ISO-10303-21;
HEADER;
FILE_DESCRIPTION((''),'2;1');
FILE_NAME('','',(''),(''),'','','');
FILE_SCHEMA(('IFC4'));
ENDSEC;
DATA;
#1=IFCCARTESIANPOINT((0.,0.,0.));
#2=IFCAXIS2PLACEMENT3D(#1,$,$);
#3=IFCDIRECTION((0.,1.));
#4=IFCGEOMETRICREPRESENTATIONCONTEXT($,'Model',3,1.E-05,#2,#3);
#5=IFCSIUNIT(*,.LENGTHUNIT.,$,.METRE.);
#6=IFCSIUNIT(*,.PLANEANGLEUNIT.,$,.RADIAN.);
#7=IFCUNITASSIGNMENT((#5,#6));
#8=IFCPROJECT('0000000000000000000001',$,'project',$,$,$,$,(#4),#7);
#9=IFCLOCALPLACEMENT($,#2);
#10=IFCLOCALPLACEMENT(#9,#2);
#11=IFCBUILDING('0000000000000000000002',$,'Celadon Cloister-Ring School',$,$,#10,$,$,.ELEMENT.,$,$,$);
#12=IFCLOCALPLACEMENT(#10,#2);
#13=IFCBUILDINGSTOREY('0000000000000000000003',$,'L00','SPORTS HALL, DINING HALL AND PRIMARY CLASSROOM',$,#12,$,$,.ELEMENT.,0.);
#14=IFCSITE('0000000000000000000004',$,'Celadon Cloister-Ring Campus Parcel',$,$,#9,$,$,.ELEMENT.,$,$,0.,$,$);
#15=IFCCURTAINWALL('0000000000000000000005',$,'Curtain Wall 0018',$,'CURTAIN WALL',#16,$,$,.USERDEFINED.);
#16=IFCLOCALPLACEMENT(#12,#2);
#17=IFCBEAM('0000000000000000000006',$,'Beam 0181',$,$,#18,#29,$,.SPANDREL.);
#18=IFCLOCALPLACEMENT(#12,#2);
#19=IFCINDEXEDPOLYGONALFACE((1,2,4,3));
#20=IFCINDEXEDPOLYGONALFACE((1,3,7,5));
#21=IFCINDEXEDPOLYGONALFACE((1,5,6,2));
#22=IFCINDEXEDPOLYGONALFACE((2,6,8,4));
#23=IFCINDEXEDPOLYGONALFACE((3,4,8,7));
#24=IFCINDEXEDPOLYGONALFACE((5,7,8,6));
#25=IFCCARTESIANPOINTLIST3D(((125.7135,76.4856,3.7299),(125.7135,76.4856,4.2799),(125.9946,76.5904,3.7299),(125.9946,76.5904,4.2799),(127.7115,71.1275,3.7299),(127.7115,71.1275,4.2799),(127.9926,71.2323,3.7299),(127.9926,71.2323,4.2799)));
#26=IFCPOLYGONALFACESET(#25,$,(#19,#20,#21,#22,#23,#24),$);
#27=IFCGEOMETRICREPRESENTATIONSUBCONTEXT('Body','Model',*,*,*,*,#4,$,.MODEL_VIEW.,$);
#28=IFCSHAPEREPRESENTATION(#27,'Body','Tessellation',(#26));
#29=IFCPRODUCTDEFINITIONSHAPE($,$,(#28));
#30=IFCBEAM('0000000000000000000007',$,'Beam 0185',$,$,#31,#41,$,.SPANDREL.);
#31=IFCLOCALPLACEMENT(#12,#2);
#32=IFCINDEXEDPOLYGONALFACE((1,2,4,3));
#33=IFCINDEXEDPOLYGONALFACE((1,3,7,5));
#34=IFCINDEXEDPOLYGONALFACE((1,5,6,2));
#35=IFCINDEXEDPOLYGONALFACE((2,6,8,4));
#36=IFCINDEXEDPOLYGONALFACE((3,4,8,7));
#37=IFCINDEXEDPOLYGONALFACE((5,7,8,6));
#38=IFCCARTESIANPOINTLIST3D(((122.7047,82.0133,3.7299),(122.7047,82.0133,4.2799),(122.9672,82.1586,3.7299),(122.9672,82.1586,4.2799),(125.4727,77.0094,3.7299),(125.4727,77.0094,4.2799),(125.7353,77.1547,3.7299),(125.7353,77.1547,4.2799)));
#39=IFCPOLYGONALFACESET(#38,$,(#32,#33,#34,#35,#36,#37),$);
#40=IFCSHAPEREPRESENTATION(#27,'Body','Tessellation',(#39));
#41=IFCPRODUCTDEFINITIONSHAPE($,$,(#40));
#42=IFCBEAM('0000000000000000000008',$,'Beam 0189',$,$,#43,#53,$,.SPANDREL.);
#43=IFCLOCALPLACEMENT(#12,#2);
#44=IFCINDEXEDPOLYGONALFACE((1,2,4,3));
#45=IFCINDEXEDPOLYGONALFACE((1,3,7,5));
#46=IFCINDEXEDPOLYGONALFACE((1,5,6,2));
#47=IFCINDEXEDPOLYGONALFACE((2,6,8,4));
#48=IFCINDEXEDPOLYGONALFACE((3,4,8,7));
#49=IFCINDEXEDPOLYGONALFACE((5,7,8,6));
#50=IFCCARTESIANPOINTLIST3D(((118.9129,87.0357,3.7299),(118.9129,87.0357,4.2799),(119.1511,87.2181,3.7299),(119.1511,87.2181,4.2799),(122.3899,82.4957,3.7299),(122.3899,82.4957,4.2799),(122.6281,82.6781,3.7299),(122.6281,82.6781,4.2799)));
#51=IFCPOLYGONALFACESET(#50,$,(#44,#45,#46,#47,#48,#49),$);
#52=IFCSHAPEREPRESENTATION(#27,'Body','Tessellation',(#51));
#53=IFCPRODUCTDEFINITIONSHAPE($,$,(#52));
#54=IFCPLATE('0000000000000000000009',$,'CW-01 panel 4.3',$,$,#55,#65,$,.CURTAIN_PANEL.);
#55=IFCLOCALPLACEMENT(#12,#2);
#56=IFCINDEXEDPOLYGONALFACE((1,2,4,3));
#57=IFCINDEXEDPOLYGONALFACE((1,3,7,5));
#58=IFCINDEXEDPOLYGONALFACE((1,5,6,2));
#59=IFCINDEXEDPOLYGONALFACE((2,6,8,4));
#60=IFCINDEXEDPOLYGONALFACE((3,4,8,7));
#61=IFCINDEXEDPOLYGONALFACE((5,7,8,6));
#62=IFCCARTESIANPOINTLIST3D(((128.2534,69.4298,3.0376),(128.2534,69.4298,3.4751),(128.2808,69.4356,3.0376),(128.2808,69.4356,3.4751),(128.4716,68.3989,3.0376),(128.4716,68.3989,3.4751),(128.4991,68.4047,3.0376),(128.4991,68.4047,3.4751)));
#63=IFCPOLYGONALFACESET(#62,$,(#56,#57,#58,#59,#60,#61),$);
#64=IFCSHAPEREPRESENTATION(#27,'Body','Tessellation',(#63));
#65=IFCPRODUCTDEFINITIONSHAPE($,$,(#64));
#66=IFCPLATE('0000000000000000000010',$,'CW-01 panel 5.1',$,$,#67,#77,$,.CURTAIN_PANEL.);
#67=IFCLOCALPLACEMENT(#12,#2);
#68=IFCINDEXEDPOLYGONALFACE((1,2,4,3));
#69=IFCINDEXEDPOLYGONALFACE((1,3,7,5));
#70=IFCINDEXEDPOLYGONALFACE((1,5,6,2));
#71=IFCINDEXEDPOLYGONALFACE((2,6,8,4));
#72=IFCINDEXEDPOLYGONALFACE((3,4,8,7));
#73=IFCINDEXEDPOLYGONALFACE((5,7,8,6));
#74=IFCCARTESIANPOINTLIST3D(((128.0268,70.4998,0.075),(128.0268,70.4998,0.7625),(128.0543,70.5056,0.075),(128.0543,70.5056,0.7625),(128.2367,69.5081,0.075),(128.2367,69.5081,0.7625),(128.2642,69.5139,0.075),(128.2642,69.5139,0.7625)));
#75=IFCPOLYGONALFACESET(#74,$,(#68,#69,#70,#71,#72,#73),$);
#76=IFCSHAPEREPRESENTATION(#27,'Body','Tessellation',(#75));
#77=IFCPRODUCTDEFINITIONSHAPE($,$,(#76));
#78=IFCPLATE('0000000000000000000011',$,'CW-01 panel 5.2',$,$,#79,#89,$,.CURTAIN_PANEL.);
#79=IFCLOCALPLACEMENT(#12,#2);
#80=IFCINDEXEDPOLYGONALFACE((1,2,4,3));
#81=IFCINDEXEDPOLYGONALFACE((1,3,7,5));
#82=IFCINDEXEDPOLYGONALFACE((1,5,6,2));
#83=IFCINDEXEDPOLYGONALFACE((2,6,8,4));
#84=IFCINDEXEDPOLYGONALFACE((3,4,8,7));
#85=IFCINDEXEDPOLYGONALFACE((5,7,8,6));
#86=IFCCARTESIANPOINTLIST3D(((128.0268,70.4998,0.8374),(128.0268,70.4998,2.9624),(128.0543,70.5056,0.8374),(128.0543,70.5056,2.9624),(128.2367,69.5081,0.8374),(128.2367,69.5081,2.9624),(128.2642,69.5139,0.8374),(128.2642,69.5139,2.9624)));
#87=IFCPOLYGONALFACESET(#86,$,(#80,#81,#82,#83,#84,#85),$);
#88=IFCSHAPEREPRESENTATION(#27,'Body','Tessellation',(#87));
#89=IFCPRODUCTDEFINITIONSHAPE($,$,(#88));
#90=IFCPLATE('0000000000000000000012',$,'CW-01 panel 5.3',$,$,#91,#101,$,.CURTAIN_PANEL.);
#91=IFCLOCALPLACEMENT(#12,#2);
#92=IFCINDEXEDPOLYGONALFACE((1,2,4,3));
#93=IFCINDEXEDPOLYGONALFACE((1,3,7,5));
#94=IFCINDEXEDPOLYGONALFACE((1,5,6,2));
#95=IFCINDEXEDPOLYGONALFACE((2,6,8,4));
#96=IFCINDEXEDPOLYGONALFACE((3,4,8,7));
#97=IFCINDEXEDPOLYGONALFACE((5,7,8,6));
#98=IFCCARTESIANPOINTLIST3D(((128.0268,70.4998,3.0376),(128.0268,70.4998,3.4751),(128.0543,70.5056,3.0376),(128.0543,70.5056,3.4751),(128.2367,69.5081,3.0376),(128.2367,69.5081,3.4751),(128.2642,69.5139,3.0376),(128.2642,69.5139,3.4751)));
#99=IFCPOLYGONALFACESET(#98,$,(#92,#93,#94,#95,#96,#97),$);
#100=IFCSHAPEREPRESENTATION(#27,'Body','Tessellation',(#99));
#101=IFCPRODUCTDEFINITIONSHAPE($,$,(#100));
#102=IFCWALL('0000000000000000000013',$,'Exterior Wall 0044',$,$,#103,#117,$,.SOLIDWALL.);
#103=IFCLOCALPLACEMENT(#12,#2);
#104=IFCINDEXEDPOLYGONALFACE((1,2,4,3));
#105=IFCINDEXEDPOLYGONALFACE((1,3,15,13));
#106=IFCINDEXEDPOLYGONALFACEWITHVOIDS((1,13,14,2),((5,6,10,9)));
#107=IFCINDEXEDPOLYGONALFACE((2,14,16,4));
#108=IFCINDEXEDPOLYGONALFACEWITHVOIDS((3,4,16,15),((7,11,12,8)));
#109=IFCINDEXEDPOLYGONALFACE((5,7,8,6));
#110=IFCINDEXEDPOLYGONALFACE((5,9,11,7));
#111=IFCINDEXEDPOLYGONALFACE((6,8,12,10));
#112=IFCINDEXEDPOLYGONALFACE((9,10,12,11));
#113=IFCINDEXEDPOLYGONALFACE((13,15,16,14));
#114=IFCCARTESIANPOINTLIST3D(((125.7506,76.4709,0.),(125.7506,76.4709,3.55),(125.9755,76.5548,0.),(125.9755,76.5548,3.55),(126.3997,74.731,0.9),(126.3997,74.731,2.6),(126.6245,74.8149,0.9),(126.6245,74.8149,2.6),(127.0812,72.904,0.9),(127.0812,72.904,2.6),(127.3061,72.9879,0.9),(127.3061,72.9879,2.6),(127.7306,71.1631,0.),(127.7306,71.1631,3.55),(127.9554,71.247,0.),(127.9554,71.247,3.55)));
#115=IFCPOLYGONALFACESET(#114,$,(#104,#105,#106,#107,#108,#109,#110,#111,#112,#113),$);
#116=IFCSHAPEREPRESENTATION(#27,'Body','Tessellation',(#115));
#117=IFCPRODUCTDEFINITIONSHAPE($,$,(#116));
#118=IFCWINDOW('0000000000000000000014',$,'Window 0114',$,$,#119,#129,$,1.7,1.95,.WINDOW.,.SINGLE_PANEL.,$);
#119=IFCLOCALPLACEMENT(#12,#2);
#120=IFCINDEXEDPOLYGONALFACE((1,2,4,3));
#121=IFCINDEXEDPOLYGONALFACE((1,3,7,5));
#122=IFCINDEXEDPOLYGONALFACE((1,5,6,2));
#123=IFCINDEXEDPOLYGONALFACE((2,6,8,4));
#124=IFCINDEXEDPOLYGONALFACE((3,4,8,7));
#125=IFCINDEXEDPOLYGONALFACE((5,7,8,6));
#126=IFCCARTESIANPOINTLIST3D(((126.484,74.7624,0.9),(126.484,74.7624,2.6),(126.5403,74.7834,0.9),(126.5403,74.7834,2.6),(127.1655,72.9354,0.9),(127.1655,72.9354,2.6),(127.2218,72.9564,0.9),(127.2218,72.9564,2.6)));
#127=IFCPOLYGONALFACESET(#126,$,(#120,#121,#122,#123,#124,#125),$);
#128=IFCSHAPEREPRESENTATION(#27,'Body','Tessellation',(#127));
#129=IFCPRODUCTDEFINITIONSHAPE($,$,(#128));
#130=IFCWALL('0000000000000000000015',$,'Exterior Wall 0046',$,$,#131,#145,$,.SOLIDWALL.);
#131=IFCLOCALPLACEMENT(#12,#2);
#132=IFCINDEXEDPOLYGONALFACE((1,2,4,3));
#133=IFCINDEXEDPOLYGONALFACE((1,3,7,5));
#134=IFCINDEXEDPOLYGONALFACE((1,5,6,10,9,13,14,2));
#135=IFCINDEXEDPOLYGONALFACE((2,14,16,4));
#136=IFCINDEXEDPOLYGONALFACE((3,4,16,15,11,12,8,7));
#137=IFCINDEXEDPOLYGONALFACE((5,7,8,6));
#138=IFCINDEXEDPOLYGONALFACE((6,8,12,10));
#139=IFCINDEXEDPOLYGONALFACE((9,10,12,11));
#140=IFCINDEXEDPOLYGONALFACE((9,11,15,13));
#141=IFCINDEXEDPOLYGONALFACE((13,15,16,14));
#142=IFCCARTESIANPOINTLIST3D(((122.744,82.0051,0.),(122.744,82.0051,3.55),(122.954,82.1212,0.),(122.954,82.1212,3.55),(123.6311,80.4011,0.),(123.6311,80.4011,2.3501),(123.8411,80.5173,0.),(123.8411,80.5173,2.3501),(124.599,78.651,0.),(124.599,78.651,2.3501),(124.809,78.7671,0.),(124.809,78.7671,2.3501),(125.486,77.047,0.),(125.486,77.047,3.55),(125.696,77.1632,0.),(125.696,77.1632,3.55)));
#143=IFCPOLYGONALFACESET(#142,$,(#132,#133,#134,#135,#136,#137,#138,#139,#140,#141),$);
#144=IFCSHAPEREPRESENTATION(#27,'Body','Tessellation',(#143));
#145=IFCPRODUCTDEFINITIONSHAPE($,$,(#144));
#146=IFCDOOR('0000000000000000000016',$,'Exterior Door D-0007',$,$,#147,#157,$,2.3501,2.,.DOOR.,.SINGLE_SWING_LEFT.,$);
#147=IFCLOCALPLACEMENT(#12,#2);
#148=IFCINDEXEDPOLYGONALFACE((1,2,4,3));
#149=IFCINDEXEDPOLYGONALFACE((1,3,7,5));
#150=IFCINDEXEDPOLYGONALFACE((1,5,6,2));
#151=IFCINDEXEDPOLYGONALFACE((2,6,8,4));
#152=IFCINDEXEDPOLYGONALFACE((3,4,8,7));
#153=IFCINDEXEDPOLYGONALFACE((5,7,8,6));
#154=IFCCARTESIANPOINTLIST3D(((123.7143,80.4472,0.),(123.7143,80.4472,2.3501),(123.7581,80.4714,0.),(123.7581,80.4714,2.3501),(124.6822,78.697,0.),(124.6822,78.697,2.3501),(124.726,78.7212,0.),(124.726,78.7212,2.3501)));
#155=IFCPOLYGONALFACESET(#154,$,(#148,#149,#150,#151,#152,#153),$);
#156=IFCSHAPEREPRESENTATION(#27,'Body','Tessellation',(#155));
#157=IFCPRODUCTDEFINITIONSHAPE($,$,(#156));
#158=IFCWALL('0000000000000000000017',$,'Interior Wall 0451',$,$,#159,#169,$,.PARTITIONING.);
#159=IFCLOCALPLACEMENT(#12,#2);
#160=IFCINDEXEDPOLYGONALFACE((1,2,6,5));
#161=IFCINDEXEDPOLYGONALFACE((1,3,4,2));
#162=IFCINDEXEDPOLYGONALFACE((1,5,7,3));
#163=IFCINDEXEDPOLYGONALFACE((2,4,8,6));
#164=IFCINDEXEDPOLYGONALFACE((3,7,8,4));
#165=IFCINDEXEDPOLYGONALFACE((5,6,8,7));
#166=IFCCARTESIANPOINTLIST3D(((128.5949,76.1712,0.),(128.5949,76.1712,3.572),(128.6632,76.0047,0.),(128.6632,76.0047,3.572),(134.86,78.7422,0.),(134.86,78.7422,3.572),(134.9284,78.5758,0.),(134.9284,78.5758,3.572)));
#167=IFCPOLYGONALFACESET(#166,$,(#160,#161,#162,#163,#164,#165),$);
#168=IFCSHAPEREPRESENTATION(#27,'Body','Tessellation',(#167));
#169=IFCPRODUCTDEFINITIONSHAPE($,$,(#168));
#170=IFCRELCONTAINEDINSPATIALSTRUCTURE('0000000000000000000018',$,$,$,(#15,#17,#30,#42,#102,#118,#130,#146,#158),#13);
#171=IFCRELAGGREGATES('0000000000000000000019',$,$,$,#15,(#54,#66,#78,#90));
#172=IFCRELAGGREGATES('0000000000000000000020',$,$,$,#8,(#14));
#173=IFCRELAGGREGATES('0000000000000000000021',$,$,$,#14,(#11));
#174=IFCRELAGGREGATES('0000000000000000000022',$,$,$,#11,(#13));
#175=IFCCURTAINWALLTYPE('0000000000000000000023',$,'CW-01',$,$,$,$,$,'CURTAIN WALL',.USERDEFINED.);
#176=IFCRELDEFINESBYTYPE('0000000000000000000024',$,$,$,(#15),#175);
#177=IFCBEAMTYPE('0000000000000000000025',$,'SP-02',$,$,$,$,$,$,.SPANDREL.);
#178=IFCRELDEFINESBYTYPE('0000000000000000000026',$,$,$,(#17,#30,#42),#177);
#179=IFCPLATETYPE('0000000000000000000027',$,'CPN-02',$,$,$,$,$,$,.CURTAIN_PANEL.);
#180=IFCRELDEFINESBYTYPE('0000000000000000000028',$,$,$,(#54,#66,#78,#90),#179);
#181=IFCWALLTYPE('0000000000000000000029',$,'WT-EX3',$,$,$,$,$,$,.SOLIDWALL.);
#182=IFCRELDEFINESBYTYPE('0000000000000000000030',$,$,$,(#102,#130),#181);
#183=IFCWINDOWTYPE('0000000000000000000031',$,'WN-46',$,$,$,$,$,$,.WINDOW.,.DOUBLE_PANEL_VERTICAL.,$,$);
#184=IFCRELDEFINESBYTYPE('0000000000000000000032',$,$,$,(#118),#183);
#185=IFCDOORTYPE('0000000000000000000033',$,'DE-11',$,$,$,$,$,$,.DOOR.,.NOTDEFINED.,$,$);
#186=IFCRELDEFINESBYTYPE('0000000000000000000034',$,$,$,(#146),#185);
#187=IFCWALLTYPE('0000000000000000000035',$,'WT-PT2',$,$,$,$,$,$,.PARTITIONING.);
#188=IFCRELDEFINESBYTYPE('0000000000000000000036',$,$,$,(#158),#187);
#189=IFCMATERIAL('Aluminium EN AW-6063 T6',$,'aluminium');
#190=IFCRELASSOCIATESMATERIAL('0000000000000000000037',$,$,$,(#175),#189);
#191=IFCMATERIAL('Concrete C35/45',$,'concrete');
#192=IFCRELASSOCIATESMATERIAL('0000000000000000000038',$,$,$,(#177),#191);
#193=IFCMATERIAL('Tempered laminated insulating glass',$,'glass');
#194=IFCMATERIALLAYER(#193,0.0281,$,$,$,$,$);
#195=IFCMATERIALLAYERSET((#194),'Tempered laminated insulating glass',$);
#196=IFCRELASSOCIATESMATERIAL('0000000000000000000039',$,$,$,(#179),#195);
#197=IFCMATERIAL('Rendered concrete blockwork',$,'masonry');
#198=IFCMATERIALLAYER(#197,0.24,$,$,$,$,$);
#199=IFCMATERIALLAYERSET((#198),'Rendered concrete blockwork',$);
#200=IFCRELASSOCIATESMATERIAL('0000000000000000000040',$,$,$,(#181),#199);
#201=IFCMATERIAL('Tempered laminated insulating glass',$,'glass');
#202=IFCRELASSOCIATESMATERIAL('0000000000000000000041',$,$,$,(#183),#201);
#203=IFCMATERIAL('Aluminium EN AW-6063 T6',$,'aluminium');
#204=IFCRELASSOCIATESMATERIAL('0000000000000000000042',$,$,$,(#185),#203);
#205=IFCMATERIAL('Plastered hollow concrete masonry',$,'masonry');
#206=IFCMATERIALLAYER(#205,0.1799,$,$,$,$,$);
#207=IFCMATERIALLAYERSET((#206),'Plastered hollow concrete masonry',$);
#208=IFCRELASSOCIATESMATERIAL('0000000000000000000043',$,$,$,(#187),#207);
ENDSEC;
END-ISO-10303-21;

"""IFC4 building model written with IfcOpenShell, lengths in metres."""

from ifc_helpers import new_model, si_unit, direction, frame, frame_2d, origin, origin_2d, place, context, subcontext, project, spatial, rectangle, extrude, material, layer, layer_set, material_profile, profile_set, type_object, element, fill, aggregate, save


model = new_model("IFC4")

# Units and contexts
model_context = context("Model", 3, precision=1e-05, world=origin(), true_north=direction((0.0, 1.0)))
body_context = subcontext(model_context, "Body", "Model", "MODEL_VIEW")
ifc_project = project(units=[si_unit("LENGTHUNIT", "METRE"), si_unit("PLANEANGLEUNIT", "RADIAN")], contexts=[model_context])

# Site, building, storey
site_placement = place(None, origin())
site = spatial("IfcSite", under=ifc_project, at=site_placement, Name="Celadon Cloister-Ring Campus Parcel", CompositionType="ELEMENT", RefElevation=0.0)
building_placement = place(site_placement, origin())
building = spatial("IfcBuilding", under=site, at=building_placement, Name="Celadon Cloister-Ring School", CompositionType="ELEMENT")
storey_placement = place(building_placement, origin())
storey = spatial("IfcBuildingStorey", under=building, at=storey_placement, Name="L00", Description="SPORTS HALL, DINING HALL AND PRIMARY CLASSROOM", CompositionType="ELEMENT", Elevation=0.0)

# Curtain wall
ifc_material_1 = material(Name="Aluminium EN AW-6063 T6", Category="aluminium")
curtain_wall_type = type_object("IfcCurtainWallType", Name="CW-01", ElementType="CURTAIN WALL", PredefinedType="USERDEFINED", material=ifc_material_1)
curtain_wall_placement = place(storey_placement, origin())
curtain_wall = element("IfcCurtainWall", 1, at=curtain_wall_placement, inside=storey, type_object=curtain_wall_type, Name="Curtain Wall 0018", ObjectType="CURTAIN WALL", PredefinedType="USERDEFINED")

# Beams
ifc_material_2 = material(Name="Concrete C35/45", Category="concrete")
ifc_material_profile_1 = material_profile(ifc_material_2, rectangle(XDim=0.3, YDim=0.55, at=origin_2d()), Name="RC300X550")
ifc_profile_set_1 = profile_set([ifc_material_profile_1], Name="Concrete C35/45")
beam_type_1 = type_object("IfcBeamType", Name="SP-02", PredefinedType="SPANDREL", material=ifc_profile_set_1)
for number, where, z_axis, x_axis, name in (
    (2, (127.8521, 71.1799, 4.0049), (-0.349396, 0.936975, 0.0), (-0.936975, -0.349396, 0.0), "Beam 0181"),
    (3, (125.604, 77.082, 4.0049), (-0.484054, 0.875038, 0.0), (-0.875038, -0.484054, 0.0), "Beam 0185"),
    (4, (122.509, 82.5869, 4.0049), (-0.60803, 0.793914, 0.0), (-0.793914, -0.60803, 0.0), "Beam 0189"),
):
    element("IfcBeam", number, at=place(storey_placement, frame(where, z_axis=z_axis, x_axis=x_axis)), inside=storey, type_object=beam_type_1, Name=name, PredefinedType="SPANDREL", context=body_context, shape_type="SweptSolid", body=[
        extrude(rectangle(XDim=0.3, YDim=0.55, at=origin_2d()), origin(), (0.0, 0.0, 1.0), 5.7185),
    ])

# Plates
ifc_material_3 = material(Name="Tempered laminated insulating glass", Category="glass")
ifc_layer_1 = layer(ifc_material_3, 0.0281)
ifc_layer_set_1 = layer_set([ifc_layer_1], Name="Tempered laminated insulating glass")
plate_type = type_object("IfcPlateType", Name="CPN-02", PredefinedType="CURTAIN_PANEL", material=ifc_layer_set_1)
plate_1_placement = place(storey_placement, frame((128.3762, 68.9172, 3.0376), z_axis=(0.0, 0.0, 1.0), x_axis=(-0.207095, 0.978321, 0.0)))
plate_1 = element("IfcPlate", 5, at=plate_1_placement, type_object=plate_type, Name="CW-01 panel 4.3", PredefinedType="CURTAIN_PANEL", context=body_context, shape_type="SweptSolid", body=[
    extrude(rectangle(XDim=1.0537, YDim=0.0281, at=origin_2d()), origin(), (0.0, 0.0, 1.0), 0.4375),
])
plate_2_placement = place(storey_placement, frame((128.1455, 70.0068, 0.075), z_axis=(0.0, 0.0, 1.0), x_axis=(-0.207095, 0.978321, 0.0)))
plate_2 = element("IfcPlate", 6, at=plate_2_placement, type_object=plate_type, Name="CW-01 panel 5.1", PredefinedType="CURTAIN_PANEL", context=body_context, shape_type="SweptSolid", body=[
    extrude(rectangle(XDim=1.0137, YDim=0.0281, at=origin_2d()), origin(), (0.0, 0.0, 1.0), 0.6875),
])
plate_3_placement = place(storey_placement, frame((128.1455, 70.0068, 0.8374), z_axis=(0.0, 0.0, 1.0), x_axis=(-0.207095, 0.978321, 0.0)))
plate_3 = element("IfcPlate", 7, at=plate_3_placement, type_object=plate_type, Name="CW-01 panel 5.2", PredefinedType="CURTAIN_PANEL", context=body_context, shape_type="SweptSolid", body=[
    extrude(rectangle(XDim=1.0137, YDim=0.0281, at=origin_2d()), origin(), (0.0, 0.0, 1.0), 2.125),
])
plate_4_placement = place(storey_placement, frame((128.1455, 70.0068, 3.0376), z_axis=(0.0, 0.0, 1.0), x_axis=(-0.207095, 0.978321, 0.0)))
plate_4 = element("IfcPlate", 8, at=plate_4_placement, type_object=plate_type, Name="CW-01 panel 5.3", PredefinedType="CURTAIN_PANEL", context=body_context, shape_type="SweptSolid", body=[
    extrude(rectangle(XDim=1.0137, YDim=0.0281, at=origin_2d()), origin(), (0.0, 0.0, 1.0), 0.4375),
])
aggregate(curtain_wall, [plate_1, plate_2, plate_3, plate_4])

# Wall, opening, window
ifc_material_4 = material(Name="Rendered concrete blockwork", Category="masonry")
ifc_layer_2 = layer(ifc_material_4, 0.24)
ifc_layer_set_2 = layer_set([ifc_layer_2], Name="Rendered concrete blockwork")
wall_type_1 = type_object("IfcWallType", Name="WT-EX3", PredefinedType="SOLIDWALL", material=ifc_layer_set_2)
wall_1_placement = place(storey_placement, frame((127.843, 71.2051, 0.0), z_axis=(0.0, 0.0, 1.0), x_axis=(-0.349503, 0.936935, 0.0)))
wall_1 = element("IfcWall", 9, at=wall_1_placement, inside=storey, type_object=wall_type_1, Name="Exterior Wall 0044", PredefinedType="SOLIDWALL", context=body_context, shape_type="SweptSolid", body=[
    extrude(rectangle(XDim=5.665, YDim=0.24, at=frame_2d((2.8325, 0.0))), origin(), (0.0, 0.0, 1.0), 3.55),
])
opening_1_placement = place(wall_1_placement, frame((1.8579, 0.0, 0.8999)))
opening_1 = element("IfcOpeningElement", 10, at=opening_1_placement, cuts=wall_1, PredefinedType="OPENING", context=body_context, shape_type="SweptSolid", body=[
    extrude(rectangle(XDim=1.95, YDim=1.7, at=frame_2d((0.9751, 0.8501))), frame((0.0, 0.1299, 0.0), z_axis=(0.0, -1.0, 0.0), x_axis=(1.0, 0.0, 0.0)), (0.0, 0.0, 1.0), 0.26),
])
ifc_material_5 = material(Name="Tempered laminated insulating glass", Category="glass")
window_type = type_object("IfcWindowType", Name="WN-46", PartitioningType="DOUBLE_PANEL_VERTICAL", PredefinedType="WINDOW", material=ifc_material_5)
window_placement = place(opening_1_placement, origin())
window = element("IfcWindow", 11, at=window_placement, inside=storey, type_object=window_type, Name="Window 0114", OverallHeight=1.7, OverallWidth=1.95, PartitioningType="SINGLE_PANEL", PredefinedType="WINDOW", context=body_context, shape_type="SweptSolid", body=[
    extrude(rectangle(XDim=1.95, YDim=1.7, at=frame_2d((0.9751, 0.8501))), frame((0.0, 0.03, 0.0), z_axis=(0.0, -1.0, 0.0), x_axis=(1.0, 0.0, 0.0)), (0.0, 0.0, 1.0), 0.0601),
])
fill(opening_1, window)

# Wall, opening, door
wall_2_placement = place(storey_placement, frame((125.5911, 77.105, 0.0), z_axis=(0.0, 0.0, 1.0), x_axis=(-0.483955, 0.875093, 0.0)))
wall_2 = element("IfcWall", 12, at=wall_2_placement, inside=storey, type_object=wall_type_1, Name="Exterior Wall 0046", PredefinedType="SOLIDWALL", context=body_context, shape_type="SweptSolid", body=[
    extrude(rectangle(XDim=5.6658, YDim=0.24, at=frame_2d((2.833, 0.0))), origin(), (0.0, 0.0, 1.0), 3.55),
])
opening_2_placement = place(wall_2_placement, frame((1.833, 0.0, 0.0)))
opening_2 = element("IfcOpeningElement", 13, at=opening_2_placement, cuts=wall_2, PredefinedType="OPENING", context=body_context, shape_type="SweptSolid", body=[
    extrude(rectangle(XDim=2.0, YDim=2.3501, at=frame_2d((1.0, 1.175))), frame((0.0, 0.1299, 0.0), z_axis=(0.0, -1.0, 0.0), x_axis=(1.0, 0.0, 0.0)), (0.0, 0.0, 1.0), 0.26),
])
ifc_material_6 = material(Name="Aluminium EN AW-6063 T6", Category="aluminium")
door_type_1 = type_object("IfcDoorType", Name="DE-11", OperationType="NOTDEFINED", PredefinedType="DOOR", material=ifc_material_6)
door_1_placement = place(opening_2_placement, origin())
door_1 = element("IfcDoor", 14, at=door_1_placement, inside=storey, type_object=door_type_1, Name="Exterior Door D-0007", OperationType="SINGLE_SWING_LEFT", OverallHeight=2.3501, OverallWidth=2.0, PredefinedType="DOOR", context=body_context, shape_type="SweptSolid", body=[
    extrude(rectangle(XDim=2.0, YDim=2.3501, at=frame_2d((1.0, 1.175))), frame((0.0, 0.0249, 0.0), z_axis=(0.0, -1.0, 0.0), x_axis=(1.0, 0.0, 0.0)), (0.0, 0.0, 1.0), 0.05),
])
fill(opening_2, door_1)

# Wall
ifc_material_7 = material(Name="Plastered hollow concrete masonry", Category="masonry")
ifc_layer_3 = layer(ifc_material_7, 0.1799)
ifc_layer_set_3 = layer_set([ifc_layer_3], Name="Plastered hollow concrete masonry")
wall_type_2 = type_object("IfcWallType", Name="WT-PT2", PredefinedType="PARTITIONING", material=ifc_layer_set_3)
wall_3_placement = place(storey_placement, frame((128.6289, 76.0879, 0.0), z_axis=(0.0, 0.0, 1.0), x_axis=(0.925131, 0.379649, 0.0)))
element("IfcWall", 15, at=wall_3_placement, inside=storey, type_object=wall_type_2, Name="Interior Wall 0451", PredefinedType="PARTITIONING", context=body_context, shape_type="SweptSolid", body=[
    extrude(rectangle(XDim=6.7722, YDim=0.1799, at=frame_2d((3.3862, 0.0))), origin(), (0.0, 0.0, 1.0), 3.572),
])

save(model, "model.ifc")
